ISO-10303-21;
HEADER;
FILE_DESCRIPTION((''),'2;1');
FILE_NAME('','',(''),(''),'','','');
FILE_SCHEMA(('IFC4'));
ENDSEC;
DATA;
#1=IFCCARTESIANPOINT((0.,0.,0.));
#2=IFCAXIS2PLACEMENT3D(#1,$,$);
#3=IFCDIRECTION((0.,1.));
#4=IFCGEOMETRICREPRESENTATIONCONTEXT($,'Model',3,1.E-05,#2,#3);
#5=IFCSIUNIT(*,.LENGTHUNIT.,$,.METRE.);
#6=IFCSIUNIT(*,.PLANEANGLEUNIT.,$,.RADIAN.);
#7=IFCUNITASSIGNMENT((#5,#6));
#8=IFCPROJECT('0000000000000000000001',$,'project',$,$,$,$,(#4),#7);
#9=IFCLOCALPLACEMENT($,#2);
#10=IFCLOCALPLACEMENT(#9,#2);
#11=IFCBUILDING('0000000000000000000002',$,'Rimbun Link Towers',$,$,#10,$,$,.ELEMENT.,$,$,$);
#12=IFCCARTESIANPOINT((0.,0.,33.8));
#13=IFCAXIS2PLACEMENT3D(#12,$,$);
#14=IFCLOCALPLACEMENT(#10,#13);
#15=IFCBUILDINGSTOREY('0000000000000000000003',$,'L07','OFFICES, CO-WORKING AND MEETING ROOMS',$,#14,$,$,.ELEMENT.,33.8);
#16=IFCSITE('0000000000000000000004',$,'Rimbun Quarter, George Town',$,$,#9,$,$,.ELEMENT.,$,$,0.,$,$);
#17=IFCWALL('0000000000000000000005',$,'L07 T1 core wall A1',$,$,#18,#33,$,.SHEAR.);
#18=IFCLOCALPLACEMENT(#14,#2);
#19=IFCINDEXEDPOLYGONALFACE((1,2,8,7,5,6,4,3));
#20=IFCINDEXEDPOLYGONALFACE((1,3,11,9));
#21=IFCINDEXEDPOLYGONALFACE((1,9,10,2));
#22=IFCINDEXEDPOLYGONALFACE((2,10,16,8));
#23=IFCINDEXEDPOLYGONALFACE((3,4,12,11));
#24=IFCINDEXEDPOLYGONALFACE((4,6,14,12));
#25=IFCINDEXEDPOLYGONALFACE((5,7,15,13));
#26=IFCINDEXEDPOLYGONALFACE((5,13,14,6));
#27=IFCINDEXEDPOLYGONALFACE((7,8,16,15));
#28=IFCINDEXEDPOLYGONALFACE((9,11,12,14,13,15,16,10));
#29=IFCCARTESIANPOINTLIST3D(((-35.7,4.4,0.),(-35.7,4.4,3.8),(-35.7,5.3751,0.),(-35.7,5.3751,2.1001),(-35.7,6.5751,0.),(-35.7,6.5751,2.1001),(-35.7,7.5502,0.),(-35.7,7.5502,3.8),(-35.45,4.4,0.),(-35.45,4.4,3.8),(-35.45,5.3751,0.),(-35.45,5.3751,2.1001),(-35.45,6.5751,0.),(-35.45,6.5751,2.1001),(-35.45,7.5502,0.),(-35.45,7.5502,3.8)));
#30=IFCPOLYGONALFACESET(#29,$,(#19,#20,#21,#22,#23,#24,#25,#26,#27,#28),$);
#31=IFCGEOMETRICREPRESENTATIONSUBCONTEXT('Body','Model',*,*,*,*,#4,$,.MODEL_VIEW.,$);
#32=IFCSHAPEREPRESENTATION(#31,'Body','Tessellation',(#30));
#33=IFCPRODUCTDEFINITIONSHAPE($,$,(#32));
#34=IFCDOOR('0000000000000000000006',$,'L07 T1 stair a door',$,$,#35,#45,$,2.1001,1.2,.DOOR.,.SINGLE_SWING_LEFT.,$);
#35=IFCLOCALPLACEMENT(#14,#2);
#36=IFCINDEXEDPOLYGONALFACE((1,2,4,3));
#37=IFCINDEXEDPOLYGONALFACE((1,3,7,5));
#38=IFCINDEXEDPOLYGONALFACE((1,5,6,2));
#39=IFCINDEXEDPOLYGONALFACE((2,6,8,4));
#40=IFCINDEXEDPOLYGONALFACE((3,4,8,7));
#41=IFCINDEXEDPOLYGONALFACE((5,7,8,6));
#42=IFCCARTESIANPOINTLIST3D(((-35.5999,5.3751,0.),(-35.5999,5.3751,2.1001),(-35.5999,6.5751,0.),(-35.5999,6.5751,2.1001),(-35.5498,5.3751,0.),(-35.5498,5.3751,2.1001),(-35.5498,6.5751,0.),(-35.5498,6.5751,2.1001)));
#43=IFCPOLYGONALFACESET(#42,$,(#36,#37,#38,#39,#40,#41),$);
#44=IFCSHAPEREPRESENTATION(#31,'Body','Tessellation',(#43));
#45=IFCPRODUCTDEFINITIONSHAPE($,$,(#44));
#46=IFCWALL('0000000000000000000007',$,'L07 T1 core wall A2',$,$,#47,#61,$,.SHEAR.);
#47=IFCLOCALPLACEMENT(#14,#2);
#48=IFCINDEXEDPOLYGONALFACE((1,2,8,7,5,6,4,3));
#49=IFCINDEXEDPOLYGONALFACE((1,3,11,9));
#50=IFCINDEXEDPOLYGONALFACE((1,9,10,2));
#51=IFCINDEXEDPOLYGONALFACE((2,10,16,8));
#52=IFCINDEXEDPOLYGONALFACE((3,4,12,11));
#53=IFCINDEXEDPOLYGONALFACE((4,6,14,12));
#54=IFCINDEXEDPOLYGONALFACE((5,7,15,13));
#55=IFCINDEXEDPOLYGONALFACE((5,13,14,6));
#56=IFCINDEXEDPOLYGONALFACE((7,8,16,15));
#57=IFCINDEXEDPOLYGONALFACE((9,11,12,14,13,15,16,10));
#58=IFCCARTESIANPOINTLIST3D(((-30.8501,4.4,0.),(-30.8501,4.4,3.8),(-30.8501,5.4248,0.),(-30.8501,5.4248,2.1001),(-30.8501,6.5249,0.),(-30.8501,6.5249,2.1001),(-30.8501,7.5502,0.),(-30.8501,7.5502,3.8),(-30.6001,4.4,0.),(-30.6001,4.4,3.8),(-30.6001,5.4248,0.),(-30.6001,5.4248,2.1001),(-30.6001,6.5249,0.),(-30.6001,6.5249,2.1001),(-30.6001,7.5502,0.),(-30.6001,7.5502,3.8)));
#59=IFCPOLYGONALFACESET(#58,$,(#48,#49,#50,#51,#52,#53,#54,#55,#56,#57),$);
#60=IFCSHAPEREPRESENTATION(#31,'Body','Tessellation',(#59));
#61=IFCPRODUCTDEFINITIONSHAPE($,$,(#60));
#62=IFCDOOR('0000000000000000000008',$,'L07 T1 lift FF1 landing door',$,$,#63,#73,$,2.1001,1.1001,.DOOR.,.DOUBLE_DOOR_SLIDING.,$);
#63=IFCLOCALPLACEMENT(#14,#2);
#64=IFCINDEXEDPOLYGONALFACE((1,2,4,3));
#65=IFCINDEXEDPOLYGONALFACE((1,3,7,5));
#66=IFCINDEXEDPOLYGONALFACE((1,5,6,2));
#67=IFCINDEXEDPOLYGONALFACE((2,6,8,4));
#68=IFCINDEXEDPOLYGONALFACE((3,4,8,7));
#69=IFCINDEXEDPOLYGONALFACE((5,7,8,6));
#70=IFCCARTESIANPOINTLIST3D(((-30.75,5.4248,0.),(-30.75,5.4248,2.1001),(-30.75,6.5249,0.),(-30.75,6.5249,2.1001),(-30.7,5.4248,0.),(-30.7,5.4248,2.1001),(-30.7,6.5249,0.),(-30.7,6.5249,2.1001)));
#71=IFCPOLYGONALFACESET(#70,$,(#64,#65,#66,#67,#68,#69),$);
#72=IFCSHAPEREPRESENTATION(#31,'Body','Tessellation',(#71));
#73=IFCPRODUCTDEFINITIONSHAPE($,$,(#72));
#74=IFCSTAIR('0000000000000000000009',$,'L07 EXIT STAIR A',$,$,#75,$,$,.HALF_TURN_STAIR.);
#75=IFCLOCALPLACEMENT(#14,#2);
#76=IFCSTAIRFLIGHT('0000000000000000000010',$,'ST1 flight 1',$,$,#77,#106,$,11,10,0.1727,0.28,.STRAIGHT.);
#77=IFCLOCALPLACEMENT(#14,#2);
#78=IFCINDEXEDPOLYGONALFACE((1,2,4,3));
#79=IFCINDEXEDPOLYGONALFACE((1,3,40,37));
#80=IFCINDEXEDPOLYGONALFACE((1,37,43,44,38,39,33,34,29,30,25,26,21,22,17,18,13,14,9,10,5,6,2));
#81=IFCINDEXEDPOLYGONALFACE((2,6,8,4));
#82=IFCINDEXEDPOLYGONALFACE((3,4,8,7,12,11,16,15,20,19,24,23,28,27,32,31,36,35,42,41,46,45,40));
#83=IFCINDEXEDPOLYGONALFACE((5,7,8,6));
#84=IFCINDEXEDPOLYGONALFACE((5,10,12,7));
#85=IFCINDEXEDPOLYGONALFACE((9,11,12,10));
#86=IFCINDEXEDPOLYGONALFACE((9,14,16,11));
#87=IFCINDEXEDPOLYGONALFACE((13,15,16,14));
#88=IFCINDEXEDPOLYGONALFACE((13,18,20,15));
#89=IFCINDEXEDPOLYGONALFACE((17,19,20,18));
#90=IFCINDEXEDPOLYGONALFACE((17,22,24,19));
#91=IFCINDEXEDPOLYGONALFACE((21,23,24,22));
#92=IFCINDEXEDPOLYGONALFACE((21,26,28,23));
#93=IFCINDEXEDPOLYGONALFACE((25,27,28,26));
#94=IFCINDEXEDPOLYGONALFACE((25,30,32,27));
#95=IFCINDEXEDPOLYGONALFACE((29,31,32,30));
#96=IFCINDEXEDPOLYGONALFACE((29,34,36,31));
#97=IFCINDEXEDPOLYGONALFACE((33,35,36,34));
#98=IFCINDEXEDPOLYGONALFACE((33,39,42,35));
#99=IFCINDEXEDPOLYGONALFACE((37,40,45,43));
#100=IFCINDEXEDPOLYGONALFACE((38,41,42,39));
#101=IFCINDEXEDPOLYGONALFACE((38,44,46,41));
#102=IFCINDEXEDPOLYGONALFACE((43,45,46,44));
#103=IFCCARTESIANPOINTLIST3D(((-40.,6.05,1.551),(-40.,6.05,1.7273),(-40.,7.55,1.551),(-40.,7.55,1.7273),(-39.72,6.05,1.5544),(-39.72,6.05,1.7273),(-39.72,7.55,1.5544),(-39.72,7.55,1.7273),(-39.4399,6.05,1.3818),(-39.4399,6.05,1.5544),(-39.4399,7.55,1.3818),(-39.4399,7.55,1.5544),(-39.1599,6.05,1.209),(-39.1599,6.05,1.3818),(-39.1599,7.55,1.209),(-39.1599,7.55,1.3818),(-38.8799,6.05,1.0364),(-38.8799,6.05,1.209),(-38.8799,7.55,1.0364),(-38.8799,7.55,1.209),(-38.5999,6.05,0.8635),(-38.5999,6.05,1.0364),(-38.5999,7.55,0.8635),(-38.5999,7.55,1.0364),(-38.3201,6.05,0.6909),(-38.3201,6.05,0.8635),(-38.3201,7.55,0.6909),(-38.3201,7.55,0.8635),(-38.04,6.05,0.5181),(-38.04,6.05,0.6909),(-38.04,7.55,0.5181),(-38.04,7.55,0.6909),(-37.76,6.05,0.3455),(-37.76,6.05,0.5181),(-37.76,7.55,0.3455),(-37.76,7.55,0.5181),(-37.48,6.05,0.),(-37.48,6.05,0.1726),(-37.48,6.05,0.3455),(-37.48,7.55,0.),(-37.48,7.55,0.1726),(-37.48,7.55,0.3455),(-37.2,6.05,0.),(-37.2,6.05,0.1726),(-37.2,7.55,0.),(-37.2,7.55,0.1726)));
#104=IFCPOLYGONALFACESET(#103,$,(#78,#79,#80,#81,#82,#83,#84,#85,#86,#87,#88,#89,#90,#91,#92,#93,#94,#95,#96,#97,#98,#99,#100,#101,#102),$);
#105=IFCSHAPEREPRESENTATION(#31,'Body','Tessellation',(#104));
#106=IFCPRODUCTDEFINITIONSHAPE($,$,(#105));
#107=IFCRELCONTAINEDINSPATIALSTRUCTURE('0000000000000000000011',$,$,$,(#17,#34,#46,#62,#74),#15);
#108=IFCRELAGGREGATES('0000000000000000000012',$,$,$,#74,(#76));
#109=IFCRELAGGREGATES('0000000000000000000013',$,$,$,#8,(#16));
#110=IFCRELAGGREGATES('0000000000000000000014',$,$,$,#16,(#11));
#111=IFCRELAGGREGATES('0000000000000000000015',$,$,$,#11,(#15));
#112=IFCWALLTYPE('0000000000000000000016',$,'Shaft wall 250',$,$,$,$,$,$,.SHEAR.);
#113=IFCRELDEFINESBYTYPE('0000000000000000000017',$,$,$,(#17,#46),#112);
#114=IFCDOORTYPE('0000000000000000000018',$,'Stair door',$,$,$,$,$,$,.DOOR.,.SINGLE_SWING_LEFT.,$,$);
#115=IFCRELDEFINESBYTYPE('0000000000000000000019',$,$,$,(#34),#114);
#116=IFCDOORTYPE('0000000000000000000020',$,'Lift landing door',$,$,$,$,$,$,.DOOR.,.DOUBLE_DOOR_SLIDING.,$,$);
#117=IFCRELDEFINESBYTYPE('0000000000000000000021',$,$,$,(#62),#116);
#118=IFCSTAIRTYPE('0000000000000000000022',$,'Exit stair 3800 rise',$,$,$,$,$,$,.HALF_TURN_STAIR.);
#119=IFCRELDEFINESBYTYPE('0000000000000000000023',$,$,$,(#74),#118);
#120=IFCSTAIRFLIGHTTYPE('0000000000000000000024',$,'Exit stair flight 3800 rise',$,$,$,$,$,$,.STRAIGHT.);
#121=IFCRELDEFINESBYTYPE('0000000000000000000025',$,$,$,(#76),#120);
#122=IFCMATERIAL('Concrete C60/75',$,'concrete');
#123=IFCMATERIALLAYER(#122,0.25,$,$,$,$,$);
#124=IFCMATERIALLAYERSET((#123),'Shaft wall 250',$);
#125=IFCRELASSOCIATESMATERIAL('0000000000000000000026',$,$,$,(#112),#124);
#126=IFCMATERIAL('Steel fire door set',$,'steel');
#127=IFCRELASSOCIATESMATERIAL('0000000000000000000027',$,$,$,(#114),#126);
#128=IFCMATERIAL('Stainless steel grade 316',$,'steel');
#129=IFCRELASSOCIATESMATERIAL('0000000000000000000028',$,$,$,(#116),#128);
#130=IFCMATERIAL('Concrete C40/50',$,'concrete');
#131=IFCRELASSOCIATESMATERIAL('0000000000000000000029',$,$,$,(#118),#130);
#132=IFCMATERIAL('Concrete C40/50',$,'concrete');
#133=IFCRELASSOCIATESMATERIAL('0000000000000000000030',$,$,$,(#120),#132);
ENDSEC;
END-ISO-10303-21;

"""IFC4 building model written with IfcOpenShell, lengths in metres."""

from ifc_helpers import new_model, si_unit, direction, frame, frame_2d, origin, place, context, subcontext, project, spatial, polyline, rectangle, outline, extrude, material, layer, layer_set, type_object, element, fill, aggregate, save


model = new_model("IFC4")

# Units and contexts
model_context = context("Model", 3, precision=1e-05, world=origin(), true_north=direction((0.0, 1.0)))
body_context = subcontext(model_context, "Body", "Model", "MODEL_VIEW")
ifc_project = project(units=[si_unit("LENGTHUNIT", "METRE"), si_unit("PLANEANGLEUNIT", "RADIAN")], contexts=[model_context])

# Site, building, storey
site_placement = place(None, origin())
site = spatial("IfcSite", under=ifc_project, at=site_placement, Name="Rimbun Quarter, George Town", CompositionType="ELEMENT", RefElevation=0.0)
building_placement = place(site_placement, origin())
building = spatial("IfcBuilding", under=site, at=building_placement, Name="Rimbun Link Towers", CompositionType="ELEMENT")
storey_placement = place(building_placement, frame((0.0, 0.0, 33.8)))
storey = spatial("IfcBuildingStorey", under=building, at=storey_placement, Name="L07", Description="OFFICES, CO-WORKING AND MEETING ROOMS", CompositionType="ELEMENT", Elevation=33.8)

# Shared definitions
ifc_material_1 = material(Name="Concrete C60/75", Category="concrete")
ifc_layer_1 = layer(ifc_material_1, 0.25)
ifc_layer_set_1 = layer_set([ifc_layer_1], Name="Shaft wall 250")
wall_type_1 = type_object("IfcWallType", Name="Shaft wall 250", PredefinedType="SHEAR", material=ifc_layer_set_1)

# Walls, openings, doors
wall_1_placement = place(storey_placement, frame((-35.575, 4.3999, 0.0), z_axis=(0.0, 0.0, 1.0), x_axis=(0.0, 1.0, 0.0)))
wall_1 = element("IfcWall", 1, at=wall_1_placement, inside=storey, type_object=wall_type_1, Name="L07 T1 core wall A1", PredefinedType="SHEAR", context=body_context, shape_type="SweptSolid", body=[
    extrude(rectangle(XDim=3.1501, YDim=0.25, at=frame_2d((1.5752, 0.0))), origin(), (0.0, 0.0, 1.0), 3.8),
])
opening_1_placement = place(wall_1_placement, frame((0.9751, 0.0, 0.0)))
opening_1 = element("IfcOpeningElement", 2, at=opening_1_placement, cuts=wall_1, PredefinedType="OPENING", context=body_context, shape_type="SweptSolid", body=[
    extrude(rectangle(XDim=1.2, YDim=2.1001, at=frame_2d((0.6001, 1.05))), frame((0.0, 0.135, 0.0), z_axis=(0.0, -1.0, 0.0), x_axis=(1.0, 0.0, 0.0)), (0.0, 0.0, 1.0), 0.27),
])
ifc_material_2 = material(Name="Steel fire door set", Category="steel")
door_type_1 = type_object("IfcDoorType", Name="Stair door", OperationType="SINGLE_SWING_LEFT", PredefinedType="DOOR", material=ifc_material_2)
door_1_placement = place(opening_1_placement, origin())
door_1 = element("IfcDoor", 3, at=door_1_placement, inside=storey, type_object=door_type_1, Name="L07 T1 stair a door", OperationType="SINGLE_SWING_LEFT", OverallHeight=2.1001, OverallWidth=1.2, PredefinedType="DOOR", context=body_context, shape_type="SweptSolid", body=[
    extrude(rectangle(XDim=1.2, YDim=2.1001, at=frame_2d((0.6001, 1.05))), frame((0.0, 0.0249, 0.0), z_axis=(0.0, -1.0, 0.0), x_axis=(1.0, 0.0, 0.0)), (0.0, 0.0, 1.0), 0.05),
])
fill(opening_1, door_1)
wall_2_placement = place(storey_placement, frame((-30.7251, 4.3999, 0.0), z_axis=(0.0, 0.0, 1.0), x_axis=(0.0, 1.0, 0.0)))
wall_2 = element("IfcWall", 4, at=wall_2_placement, inside=storey, type_object=wall_type_1, Name="L07 T1 core wall A2", PredefinedType="SHEAR", context=body_context, shape_type="SweptSolid", body=[
    extrude(rectangle(XDim=3.1501, YDim=0.25, at=frame_2d((1.5752, 0.0))), origin(), (0.0, 0.0, 1.0), 3.8),
])
opening_2_placement = place(wall_2_placement, frame((1.0249, 0.0, 0.0)))
opening_2 = element("IfcOpeningElement", 5, at=opening_2_placement, cuts=wall_2, PredefinedType="OPENING", context=body_context, shape_type="SweptSolid", body=[
    extrude(rectangle(XDim=1.1001, YDim=2.1001, at=frame_2d((0.55, 1.05))), frame((0.0, 0.135, 0.0), z_axis=(0.0, -1.0, 0.0), x_axis=(1.0, 0.0, 0.0)), (0.0, 0.0, 1.0), 0.27),
])
ifc_material_3 = material(Name="Stainless steel grade 316", Category="steel")
door_type_2 = type_object("IfcDoorType", Name="Lift landing door", OperationType="DOUBLE_DOOR_SLIDING", PredefinedType="DOOR", material=ifc_material_3)
door_2_placement = place(opening_2_placement, origin())
door_2 = element("IfcDoor", 6, at=door_2_placement, inside=storey, type_object=door_type_2, Name="L07 T1 lift FF1 landing door", OperationType="DOUBLE_DOOR_SLIDING", OverallHeight=2.1001, OverallWidth=1.1001, PredefinedType="DOOR", context=body_context, shape_type="SweptSolid", body=[
    extrude(rectangle(XDim=1.1001, YDim=2.1001, at=frame_2d((0.55, 1.05))), frame((0.0, 0.0249, 0.0), z_axis=(0.0, -1.0, 0.0), x_axis=(1.0, 0.0, 0.0)), (0.0, 0.0, 1.0), 0.05),
])
fill(opening_2, door_2)

# Stair, stair flight
ifc_material_4 = material(Name="Concrete C40/50", Category="concrete")
stair_type = type_object("IfcStairType", Name="Exit stair 3800 rise", PredefinedType="HALF_TURN_STAIR", material=ifc_material_4)
stair_placement = place(storey_placement, origin())
stair = element("IfcStair", 7, at=stair_placement, inside=storey, type_object=stair_type, Name="L07 EXIT STAIR A", PredefinedType="HALF_TURN_STAIR")
ifc_material_5 = material(Name="Concrete C40/50", Category="concrete")
stair_flight_type = type_object("IfcStairFlightType", Name="Exit stair flight 3800 rise", PredefinedType="STRAIGHT", material=ifc_material_5)
stair_flight_placement = place(storey_placement, frame((-37.2, 6.8, 0.0), z_axis=(0.0, 0.0, 1.0), x_axis=(-1.0, 0.0, 0.0)))
stair_flight = element("IfcStairFlight", 8, at=stair_flight_placement, type_object=stair_flight_type, Name="ST1 flight 1", NumberOfRisers=11, NumberOfTreads=10, PredefinedType="STRAIGHT", RiserHeight=0.1727, TreadLength=0.28, context=body_context, shape_type="SweptSolid", body=[
    extrude(outline(polyline([(0.0, 0.0), (0.0, 0.1726), (0.28, 0.1726), (0.28, 0.3455), (0.5601, 0.3455), (0.5601, 0.5181), (0.8401, 0.5181), (0.8401, 0.6909), (1.1201, 0.6909), (1.1201, 0.8635), (1.3999, 0.8635), (1.3999, 1.0364), (1.6799, 1.0364), (1.6799, 1.209), (1.96, 1.209), (1.96, 1.3818), (2.24, 1.3818), (2.24, 1.5544), (2.52, 1.5544), (2.52, 1.7273), (2.8, 1.7273), (2.8, 1.8999), (2.8, 1.551), (0.28, 0.0), (0.0, 0.0)])), frame((0.0, 0.75, 0.0), z_axis=(0.0, -1.0, 0.0), x_axis=(1.0, 0.0, 0.0)), (0.0, 0.0, 1.0), 1.5),
])
aggregate(stair, [stair_flight])

save(model, "model.ifc")
